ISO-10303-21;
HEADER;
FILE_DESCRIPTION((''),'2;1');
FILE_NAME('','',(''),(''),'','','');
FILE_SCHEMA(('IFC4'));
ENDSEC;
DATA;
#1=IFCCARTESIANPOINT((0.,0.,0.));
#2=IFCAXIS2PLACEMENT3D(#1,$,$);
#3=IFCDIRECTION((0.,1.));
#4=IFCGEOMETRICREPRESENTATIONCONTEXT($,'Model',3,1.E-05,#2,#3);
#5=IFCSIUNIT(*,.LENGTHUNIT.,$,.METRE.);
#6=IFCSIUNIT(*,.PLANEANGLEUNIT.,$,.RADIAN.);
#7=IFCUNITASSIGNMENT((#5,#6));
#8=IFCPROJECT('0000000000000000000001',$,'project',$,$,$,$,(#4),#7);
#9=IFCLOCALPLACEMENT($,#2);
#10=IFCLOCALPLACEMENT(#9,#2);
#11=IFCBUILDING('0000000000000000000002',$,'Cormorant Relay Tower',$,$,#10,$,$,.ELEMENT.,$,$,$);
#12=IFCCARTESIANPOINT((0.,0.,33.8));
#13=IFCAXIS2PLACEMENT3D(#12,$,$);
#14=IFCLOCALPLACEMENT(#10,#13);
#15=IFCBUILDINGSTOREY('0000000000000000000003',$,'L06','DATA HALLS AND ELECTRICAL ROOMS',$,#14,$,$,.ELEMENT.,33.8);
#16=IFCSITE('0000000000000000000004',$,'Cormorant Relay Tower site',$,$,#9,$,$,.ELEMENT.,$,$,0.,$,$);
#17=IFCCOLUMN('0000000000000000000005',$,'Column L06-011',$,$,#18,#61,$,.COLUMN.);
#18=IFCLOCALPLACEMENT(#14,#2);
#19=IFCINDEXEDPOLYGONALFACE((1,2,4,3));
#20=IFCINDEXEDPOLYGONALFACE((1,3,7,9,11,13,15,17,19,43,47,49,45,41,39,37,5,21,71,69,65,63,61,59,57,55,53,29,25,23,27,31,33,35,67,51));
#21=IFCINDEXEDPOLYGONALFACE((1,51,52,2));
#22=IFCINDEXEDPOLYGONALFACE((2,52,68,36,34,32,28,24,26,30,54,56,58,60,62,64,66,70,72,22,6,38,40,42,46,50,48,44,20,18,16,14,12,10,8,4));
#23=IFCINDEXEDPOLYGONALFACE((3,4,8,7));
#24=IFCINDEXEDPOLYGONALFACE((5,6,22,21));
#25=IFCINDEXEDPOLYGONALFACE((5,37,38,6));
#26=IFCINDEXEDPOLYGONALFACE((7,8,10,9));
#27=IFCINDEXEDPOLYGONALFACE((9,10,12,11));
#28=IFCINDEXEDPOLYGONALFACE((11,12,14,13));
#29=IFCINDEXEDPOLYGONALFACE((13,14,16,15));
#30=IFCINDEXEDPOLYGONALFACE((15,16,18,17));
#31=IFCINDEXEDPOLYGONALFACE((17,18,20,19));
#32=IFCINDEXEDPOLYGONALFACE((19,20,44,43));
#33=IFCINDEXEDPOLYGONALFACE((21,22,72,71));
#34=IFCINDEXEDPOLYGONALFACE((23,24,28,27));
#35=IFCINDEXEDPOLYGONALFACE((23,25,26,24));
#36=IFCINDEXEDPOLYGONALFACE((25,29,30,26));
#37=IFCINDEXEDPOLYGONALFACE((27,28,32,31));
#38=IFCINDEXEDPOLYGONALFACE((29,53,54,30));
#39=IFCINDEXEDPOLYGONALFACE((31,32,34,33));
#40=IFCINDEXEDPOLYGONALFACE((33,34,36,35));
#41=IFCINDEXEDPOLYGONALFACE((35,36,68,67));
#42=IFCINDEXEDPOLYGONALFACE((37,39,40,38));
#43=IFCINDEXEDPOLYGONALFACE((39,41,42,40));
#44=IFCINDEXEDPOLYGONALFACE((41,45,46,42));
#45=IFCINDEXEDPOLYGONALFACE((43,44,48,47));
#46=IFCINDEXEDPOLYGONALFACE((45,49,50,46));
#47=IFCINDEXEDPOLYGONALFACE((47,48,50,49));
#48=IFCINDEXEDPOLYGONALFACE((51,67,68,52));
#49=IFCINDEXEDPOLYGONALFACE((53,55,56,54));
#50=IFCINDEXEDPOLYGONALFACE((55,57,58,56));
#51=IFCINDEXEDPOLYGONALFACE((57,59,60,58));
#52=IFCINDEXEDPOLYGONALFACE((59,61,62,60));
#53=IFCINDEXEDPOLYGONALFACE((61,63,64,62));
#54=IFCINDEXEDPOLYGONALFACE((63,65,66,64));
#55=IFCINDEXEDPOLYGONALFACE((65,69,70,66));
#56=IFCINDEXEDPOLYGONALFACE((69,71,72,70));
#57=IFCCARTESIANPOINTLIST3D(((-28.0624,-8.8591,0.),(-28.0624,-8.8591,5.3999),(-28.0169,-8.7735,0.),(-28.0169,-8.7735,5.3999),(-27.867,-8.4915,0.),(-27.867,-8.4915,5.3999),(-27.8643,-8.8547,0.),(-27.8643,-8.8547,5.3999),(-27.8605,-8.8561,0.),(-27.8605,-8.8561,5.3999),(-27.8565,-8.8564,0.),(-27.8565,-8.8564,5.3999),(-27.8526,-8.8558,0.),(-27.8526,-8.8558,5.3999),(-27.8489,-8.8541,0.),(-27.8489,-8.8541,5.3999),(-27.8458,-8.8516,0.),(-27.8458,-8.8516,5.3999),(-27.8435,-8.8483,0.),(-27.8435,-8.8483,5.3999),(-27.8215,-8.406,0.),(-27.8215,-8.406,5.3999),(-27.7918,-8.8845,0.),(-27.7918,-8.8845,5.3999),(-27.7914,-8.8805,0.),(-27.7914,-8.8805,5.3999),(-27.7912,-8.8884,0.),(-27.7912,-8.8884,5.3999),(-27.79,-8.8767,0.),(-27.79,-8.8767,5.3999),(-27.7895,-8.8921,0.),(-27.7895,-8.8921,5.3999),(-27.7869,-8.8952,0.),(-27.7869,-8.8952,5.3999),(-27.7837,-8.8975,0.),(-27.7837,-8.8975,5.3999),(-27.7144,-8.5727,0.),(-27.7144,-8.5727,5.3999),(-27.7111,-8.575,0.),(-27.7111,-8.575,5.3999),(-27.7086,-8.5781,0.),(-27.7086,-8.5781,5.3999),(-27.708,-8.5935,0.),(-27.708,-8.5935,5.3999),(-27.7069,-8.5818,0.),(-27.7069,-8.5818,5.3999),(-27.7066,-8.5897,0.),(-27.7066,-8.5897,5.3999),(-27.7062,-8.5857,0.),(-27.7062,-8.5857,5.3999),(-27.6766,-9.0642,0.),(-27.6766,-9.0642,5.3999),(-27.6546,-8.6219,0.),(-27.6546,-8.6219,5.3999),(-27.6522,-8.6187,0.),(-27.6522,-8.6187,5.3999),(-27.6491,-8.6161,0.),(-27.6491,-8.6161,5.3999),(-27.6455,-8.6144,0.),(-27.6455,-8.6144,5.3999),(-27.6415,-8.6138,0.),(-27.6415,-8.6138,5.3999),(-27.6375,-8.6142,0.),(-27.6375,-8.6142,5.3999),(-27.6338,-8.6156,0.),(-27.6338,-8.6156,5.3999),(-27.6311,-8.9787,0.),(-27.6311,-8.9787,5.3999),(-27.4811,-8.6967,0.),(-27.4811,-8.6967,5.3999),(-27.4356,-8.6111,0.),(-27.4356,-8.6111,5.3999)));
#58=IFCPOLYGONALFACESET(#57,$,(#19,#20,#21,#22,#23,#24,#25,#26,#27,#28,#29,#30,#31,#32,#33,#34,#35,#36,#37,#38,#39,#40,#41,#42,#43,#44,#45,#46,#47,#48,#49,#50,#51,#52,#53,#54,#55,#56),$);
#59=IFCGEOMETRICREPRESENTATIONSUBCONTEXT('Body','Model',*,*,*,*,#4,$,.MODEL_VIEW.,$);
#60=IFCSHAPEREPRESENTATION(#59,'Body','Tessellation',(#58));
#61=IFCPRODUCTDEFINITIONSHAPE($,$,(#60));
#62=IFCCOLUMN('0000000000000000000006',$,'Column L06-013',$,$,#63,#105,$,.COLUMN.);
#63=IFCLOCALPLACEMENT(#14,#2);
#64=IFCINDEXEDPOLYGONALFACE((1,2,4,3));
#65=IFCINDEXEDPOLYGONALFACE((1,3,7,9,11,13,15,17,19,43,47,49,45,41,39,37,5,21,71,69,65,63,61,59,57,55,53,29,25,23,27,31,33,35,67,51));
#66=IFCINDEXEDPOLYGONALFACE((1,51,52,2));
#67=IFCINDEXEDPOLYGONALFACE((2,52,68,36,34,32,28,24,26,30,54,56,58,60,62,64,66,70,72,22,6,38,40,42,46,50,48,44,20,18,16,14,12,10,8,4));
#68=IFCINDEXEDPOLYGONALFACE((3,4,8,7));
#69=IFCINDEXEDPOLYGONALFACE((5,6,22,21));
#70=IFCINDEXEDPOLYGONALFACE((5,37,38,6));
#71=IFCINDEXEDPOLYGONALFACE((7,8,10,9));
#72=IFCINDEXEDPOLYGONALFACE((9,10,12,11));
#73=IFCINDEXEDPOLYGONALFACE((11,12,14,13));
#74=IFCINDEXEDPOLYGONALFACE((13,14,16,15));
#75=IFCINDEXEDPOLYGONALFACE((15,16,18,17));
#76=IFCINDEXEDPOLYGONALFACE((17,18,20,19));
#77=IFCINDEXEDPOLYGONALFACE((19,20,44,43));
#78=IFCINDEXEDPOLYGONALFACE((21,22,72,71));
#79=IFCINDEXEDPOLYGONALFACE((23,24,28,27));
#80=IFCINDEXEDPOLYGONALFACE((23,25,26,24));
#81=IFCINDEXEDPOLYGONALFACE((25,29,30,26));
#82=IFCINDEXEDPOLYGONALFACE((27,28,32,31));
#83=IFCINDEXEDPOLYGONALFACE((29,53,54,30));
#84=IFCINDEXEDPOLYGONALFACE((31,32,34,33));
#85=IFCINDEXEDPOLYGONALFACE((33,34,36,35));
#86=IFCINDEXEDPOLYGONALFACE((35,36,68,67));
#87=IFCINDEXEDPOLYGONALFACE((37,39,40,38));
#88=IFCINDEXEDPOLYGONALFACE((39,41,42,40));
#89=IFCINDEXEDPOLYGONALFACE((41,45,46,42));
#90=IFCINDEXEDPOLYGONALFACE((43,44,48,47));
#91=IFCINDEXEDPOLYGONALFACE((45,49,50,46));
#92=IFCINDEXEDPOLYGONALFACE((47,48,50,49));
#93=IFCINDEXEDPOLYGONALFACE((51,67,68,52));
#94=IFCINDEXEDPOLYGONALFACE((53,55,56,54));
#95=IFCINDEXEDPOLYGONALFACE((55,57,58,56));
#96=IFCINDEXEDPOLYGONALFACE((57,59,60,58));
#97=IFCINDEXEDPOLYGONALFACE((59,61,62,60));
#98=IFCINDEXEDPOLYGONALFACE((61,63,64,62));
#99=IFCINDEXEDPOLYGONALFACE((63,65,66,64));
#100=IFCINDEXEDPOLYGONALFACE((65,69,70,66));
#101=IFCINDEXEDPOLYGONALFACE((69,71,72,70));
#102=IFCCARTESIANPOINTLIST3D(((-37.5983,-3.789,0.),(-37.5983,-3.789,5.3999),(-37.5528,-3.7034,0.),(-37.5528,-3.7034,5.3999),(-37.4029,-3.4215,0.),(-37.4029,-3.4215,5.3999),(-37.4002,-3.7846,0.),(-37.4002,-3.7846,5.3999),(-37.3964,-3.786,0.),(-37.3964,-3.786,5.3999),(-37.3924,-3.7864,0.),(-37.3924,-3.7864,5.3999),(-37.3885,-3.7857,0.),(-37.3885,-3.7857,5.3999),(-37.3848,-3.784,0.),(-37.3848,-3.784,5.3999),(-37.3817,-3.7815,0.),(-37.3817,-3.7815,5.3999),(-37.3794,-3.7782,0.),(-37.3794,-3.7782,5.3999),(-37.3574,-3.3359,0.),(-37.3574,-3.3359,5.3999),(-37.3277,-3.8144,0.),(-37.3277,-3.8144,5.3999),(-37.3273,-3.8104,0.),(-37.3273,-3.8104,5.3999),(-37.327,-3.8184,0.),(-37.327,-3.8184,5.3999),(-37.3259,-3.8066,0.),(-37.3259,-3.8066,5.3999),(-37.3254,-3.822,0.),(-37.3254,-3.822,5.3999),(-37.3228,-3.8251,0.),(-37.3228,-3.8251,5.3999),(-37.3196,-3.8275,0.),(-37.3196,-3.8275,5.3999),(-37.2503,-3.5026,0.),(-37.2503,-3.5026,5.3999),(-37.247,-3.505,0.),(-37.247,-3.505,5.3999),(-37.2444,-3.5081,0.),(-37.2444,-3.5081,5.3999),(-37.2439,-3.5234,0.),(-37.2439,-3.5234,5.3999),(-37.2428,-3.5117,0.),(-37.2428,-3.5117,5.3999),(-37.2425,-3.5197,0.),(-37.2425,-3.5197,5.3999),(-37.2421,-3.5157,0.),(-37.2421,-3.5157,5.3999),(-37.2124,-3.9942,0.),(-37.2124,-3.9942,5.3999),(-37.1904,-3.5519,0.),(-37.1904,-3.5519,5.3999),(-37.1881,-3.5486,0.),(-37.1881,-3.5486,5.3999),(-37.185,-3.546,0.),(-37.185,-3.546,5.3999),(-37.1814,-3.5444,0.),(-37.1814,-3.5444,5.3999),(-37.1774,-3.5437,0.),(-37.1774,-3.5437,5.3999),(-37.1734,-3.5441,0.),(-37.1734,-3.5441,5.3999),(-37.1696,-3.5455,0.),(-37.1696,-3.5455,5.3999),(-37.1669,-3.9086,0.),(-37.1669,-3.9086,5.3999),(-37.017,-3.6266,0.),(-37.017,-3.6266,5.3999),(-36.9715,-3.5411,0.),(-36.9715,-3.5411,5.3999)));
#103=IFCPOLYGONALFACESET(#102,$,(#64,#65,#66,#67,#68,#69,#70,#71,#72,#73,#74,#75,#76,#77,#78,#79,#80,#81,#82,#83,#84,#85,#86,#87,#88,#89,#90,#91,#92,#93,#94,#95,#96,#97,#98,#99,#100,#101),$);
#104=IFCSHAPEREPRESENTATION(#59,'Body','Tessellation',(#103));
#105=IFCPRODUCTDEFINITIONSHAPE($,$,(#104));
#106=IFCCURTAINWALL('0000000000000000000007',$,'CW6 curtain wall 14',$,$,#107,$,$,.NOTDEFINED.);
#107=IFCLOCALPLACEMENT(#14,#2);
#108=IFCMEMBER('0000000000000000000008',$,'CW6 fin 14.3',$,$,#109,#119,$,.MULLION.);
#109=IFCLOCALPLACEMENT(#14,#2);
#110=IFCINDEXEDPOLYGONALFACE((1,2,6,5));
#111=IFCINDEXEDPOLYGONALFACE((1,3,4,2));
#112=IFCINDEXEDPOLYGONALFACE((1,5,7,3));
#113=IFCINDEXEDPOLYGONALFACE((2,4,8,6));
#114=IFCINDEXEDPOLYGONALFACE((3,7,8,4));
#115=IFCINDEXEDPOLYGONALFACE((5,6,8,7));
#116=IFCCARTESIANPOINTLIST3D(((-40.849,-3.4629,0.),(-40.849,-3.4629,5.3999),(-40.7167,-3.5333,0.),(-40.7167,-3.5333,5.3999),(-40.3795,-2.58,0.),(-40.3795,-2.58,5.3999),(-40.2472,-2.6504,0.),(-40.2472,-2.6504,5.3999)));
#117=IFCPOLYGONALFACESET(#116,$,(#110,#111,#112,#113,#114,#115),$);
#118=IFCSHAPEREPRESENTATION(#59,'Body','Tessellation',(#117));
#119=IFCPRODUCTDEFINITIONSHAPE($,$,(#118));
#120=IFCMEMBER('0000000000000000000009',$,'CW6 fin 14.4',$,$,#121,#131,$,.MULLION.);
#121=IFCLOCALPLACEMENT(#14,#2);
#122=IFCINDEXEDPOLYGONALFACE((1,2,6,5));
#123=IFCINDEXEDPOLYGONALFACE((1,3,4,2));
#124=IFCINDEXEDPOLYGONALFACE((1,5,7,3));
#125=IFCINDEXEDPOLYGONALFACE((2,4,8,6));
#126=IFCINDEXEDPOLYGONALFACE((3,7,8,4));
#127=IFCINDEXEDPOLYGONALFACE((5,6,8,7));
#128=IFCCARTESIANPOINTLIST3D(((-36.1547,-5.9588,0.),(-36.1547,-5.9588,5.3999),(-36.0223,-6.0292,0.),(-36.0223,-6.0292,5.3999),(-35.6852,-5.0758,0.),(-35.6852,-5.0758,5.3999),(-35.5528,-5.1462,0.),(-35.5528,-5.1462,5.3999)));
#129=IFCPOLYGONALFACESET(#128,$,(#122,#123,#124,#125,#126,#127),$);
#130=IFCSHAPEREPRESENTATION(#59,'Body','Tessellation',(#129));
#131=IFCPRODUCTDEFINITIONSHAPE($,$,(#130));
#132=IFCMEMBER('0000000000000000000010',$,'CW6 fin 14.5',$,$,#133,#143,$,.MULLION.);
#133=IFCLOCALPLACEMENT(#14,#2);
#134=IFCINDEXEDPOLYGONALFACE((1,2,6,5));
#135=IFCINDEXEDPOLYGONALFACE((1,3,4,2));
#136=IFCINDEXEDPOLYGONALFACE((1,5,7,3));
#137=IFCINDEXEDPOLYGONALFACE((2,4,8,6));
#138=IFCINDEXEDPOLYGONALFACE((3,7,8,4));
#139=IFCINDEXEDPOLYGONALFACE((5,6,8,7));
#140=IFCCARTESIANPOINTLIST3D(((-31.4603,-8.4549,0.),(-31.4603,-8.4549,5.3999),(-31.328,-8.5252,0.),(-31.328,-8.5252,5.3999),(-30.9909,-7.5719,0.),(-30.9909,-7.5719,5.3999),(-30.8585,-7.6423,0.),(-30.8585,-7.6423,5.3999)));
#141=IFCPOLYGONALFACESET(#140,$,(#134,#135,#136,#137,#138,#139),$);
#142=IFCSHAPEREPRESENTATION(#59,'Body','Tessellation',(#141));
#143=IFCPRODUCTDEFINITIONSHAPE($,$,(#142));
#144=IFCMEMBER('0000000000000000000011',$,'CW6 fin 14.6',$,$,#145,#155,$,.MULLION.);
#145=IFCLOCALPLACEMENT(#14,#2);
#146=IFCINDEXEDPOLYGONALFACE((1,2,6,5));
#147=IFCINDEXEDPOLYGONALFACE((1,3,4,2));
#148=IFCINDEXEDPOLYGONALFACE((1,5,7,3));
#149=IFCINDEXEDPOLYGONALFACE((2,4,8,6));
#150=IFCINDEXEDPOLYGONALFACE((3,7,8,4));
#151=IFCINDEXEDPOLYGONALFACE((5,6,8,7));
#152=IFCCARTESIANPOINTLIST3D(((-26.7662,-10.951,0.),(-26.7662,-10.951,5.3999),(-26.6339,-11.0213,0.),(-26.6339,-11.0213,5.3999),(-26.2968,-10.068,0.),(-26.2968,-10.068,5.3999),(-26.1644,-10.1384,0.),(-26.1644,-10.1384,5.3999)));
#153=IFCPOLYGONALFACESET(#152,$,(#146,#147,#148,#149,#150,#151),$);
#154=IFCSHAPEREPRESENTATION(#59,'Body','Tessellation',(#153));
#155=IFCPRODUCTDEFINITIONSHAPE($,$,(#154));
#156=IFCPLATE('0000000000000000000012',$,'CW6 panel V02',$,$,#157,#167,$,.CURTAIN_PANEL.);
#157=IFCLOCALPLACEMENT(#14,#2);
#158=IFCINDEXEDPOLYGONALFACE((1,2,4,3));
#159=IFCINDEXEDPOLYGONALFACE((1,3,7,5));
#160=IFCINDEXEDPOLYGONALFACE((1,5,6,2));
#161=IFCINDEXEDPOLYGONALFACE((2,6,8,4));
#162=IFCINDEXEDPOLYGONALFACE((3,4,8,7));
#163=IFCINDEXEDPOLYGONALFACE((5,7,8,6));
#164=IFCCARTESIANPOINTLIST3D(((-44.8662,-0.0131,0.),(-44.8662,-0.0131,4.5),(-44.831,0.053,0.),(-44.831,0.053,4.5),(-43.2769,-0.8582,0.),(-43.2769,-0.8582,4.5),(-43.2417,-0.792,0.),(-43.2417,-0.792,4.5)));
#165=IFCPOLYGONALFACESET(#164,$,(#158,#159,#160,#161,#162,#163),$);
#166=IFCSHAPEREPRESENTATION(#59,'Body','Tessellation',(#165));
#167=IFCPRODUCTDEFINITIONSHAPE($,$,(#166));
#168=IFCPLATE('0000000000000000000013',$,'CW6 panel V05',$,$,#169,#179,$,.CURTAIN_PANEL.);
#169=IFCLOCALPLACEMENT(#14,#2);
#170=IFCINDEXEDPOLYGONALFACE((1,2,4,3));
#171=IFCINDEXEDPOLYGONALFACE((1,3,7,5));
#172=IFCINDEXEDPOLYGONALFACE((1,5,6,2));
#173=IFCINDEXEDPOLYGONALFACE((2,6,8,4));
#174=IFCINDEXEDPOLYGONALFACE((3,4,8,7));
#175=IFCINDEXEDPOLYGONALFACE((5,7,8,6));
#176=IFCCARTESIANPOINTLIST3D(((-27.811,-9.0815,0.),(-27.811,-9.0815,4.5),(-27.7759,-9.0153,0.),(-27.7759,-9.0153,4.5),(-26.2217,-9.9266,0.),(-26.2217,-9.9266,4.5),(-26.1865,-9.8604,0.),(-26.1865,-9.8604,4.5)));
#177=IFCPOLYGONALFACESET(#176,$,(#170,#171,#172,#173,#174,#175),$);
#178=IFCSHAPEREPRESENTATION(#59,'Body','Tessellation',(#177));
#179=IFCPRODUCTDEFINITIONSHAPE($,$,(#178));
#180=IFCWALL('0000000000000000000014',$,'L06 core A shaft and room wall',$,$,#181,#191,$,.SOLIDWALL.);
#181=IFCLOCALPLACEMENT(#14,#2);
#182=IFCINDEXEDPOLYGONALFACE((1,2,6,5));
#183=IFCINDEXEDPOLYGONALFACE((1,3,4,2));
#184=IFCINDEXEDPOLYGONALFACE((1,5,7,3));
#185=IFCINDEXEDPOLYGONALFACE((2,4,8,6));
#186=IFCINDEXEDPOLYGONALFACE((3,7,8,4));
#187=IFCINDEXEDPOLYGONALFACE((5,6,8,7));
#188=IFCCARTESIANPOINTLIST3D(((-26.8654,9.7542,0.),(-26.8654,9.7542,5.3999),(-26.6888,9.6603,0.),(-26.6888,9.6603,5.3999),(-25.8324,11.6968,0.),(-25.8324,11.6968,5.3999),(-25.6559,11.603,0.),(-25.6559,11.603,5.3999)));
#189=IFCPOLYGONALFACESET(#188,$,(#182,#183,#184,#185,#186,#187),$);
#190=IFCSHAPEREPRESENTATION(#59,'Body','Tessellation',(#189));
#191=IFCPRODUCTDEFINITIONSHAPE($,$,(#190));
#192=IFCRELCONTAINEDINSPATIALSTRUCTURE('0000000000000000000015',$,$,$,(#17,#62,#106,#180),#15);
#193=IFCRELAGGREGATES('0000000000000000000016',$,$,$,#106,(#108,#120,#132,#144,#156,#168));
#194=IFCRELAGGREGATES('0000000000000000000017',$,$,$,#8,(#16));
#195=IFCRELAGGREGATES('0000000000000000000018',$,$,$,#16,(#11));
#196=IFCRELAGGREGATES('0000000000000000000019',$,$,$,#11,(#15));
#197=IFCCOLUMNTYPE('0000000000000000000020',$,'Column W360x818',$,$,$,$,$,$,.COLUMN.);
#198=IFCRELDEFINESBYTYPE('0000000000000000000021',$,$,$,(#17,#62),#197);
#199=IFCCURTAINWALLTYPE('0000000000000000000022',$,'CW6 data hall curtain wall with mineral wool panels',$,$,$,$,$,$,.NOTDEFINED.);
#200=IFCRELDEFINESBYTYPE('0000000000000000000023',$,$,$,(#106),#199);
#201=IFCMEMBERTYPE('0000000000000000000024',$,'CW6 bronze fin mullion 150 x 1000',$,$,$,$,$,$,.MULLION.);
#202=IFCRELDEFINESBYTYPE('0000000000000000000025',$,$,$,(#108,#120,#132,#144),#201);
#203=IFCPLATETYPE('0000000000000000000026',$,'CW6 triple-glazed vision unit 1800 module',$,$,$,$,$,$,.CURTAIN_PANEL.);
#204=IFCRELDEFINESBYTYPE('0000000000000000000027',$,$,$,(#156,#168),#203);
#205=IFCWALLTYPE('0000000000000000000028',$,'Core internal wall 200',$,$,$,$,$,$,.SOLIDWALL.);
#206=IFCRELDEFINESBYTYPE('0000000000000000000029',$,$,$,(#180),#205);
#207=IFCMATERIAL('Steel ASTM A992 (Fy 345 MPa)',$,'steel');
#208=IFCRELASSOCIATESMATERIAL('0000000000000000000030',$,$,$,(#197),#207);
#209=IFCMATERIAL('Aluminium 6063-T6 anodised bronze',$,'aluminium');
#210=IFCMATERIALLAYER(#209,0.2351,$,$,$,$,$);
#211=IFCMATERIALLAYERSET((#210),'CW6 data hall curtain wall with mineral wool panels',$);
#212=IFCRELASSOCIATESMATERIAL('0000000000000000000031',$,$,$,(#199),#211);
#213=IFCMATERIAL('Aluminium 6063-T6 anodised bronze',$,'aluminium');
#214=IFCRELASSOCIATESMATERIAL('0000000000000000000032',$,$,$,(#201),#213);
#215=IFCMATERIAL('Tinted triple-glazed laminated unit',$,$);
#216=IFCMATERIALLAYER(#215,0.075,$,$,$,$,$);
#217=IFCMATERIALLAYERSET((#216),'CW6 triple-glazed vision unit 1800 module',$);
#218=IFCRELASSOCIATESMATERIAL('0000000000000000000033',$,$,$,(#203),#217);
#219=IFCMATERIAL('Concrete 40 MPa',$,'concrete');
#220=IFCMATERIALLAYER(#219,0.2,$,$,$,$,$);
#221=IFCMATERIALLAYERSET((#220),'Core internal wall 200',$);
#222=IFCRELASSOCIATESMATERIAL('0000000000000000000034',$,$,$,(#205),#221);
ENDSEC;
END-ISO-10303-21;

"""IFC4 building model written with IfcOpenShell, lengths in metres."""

from ifc_helpers import new_model, si_unit, direction, frame, frame_2d, origin, origin_2d, place, context, subcontext, project, spatial, rectangle, i_section, extrude, material, layer, layer_set, material_profile, profile_set, type_object, element, aggregate, save


model = new_model("IFC4")

# Units and contexts
model_context = context("Model", 3, precision=1e-05, world=origin(), true_north=direction((0.0, 1.0)))
body_context = subcontext(model_context, "Body", "Model", "MODEL_VIEW")
ifc_project = project(units=[si_unit("LENGTHUNIT", "METRE"), si_unit("PLANEANGLEUNIT", "RADIAN")], contexts=[model_context])

# Site, building, storey
site_placement = place(None, origin())
site = spatial("IfcSite", under=ifc_project, at=site_placement, Name="Cormorant Relay Tower site", CompositionType="ELEMENT", RefElevation=0.0)
building_placement = place(site_placement, origin())
building = spatial("IfcBuilding", under=site, at=building_placement, Name="Cormorant Relay Tower", CompositionType="ELEMENT")
storey_placement = place(building_placement, frame((0.0, 0.0, 33.8)))
storey = spatial("IfcBuildingStorey", under=building, at=storey_placement, Name="L06", Description="DATA HALLS AND ELECTRICAL ROOMS", CompositionType="ELEMENT", Elevation=33.8)

# Columns
ifc_material_1 = material(Name="Steel ASTM A992 (Fy 345 MPa)", Category="steel")
ifc_material_profile_1 = material_profile(ifc_material_1, i_section(OverallWidth=0.437, OverallDepth=0.5132, WebThickness=0.0605, FlangeThickness=0.0969, FilletRadius=0.0154, at=origin_2d()), Name="W360x818")
ifc_profile_set_1 = profile_set([ifc_material_profile_1], Name="Steel ASTM A992 (Fy 345 MPa)")
column_type = type_object("IfcColumnType", Name="Column W360x818", PredefinedType="COLUMN", material=ifc_profile_set_1)
for number, where, z_axis, x_axis, name in (
    (1, (-27.749, -8.7351, 0.0), (0.0, 0.0, 1.0), (0.882948, -0.469472, 0.0), "Column L06-011"),
    (2, (-37.2849, -3.665, 0.0), (0.0, 0.0, 1.0), (0.882948, -0.469472, 0.0), "Column L06-013"),
):
    element("IfcColumn", number, at=place(storey_placement, frame(where, z_axis=z_axis, x_axis=x_axis)), inside=storey, type_object=column_type, Name=name, PredefinedType="COLUMN", context=body_context, shape_type="SweptSolid", body=[
        extrude(i_section(OverallWidth=0.437, OverallDepth=0.5132, WebThickness=0.0605, FlangeThickness=0.0969, FilletRadius=0.0154, at=origin_2d()), origin(), (0.0, 0.0, 1.0), 5.3999),
    ])

# Curtain wall, members, plates
ifc_material_2 = material(Name="Aluminium 6063-T6 anodised bronze", Category="aluminium")
ifc_layer_1 = layer(ifc_material_2, 0.2351)
ifc_layer_set_1 = layer_set([ifc_layer_1], Name="CW6 data hall curtain wall with mineral wool panels")
curtain_wall_type = type_object("IfcCurtainWallType", Name="CW6 data hall curtain wall with mineral wool panels", PredefinedType="NOTDEFINED", material=ifc_layer_set_1)
curtain_wall_placement = place(storey_placement, origin())
curtain_wall = element("IfcCurtainWall", 3, at=curtain_wall_placement, inside=storey, type_object=curtain_wall_type, Name="CW6 curtain wall 14", PredefinedType="NOTDEFINED")
ifc_material_3 = material(Name="Aluminium 6063-T6 anodised bronze", Category="aluminium")
ifc_material_profile_2 = material_profile(ifc_material_3, rectangle(XDim=0.1499, YDim=1.0, at=origin_2d()), Name="AL 150x1000")
ifc_profile_set_2 = profile_set([ifc_material_profile_2], Name="Aluminium 6063-T6 anodised bronze")
member_type = type_object("IfcMemberType", Name="CW6 bronze fin mullion 150 x 1000", PredefinedType="MULLION", material=ifc_profile_set_2)
member_1_placement = place(storey_placement, frame((-40.5481, -3.0566, 0.0), z_axis=(0.0, 0.0, 1.0), x_axis=(0.882948, -0.469472, 0.0)))
member_1 = element("IfcMember", 4, at=member_1_placement, type_object=member_type, Name="CW6 fin 14.3", PredefinedType="MULLION", context=body_context, shape_type="SweptSolid", body=[
    extrude(rectangle(XDim=0.1499, YDim=1.0, at=origin_2d()), origin(), (0.0, 0.0, 1.0), 5.3999),
])
member_2_placement = place(storey_placement, frame((-35.8538, -5.5525, 0.0), z_axis=(0.0, 0.0, 1.0), x_axis=(0.882948, -0.469472, 0.0)))
member_2 = element("IfcMember", 5, at=member_2_placement, type_object=member_type, Name="CW6 fin 14.4", PredefinedType="MULLION", context=body_context, shape_type="SweptSolid", body=[
    extrude(rectangle(XDim=0.1499, YDim=1.0, at=origin_2d()), origin(), (0.0, 0.0, 1.0), 5.3999),
])
member_3_placement = place(storey_placement, frame((-31.1594, -8.0486, 0.0), z_axis=(0.0, 0.0, 1.0), x_axis=(0.882948, -0.469472, 0.0)))
member_3 = element("IfcMember", 6, at=member_3_placement, type_object=member_type, Name="CW6 fin 14.5", PredefinedType="MULLION", context=body_context, shape_type="SweptSolid", body=[
    extrude(rectangle(XDim=0.1499, YDim=1.0, at=origin_2d()), origin(), (0.0, 0.0, 1.0), 5.3999),
])
member_4_placement = place(storey_placement, frame((-26.4653, -10.5447, 0.0), z_axis=(0.0, 0.0, 1.0), x_axis=(0.882948, -0.469472, 0.0)))
member_4 = element("IfcMember", 7, at=member_4_placement, type_object=member_type, Name="CW6 fin 14.6", PredefinedType="MULLION", context=body_context, shape_type="SweptSolid", body=[
    extrude(rectangle(XDim=0.1499, YDim=1.0, at=origin_2d()), origin(), (0.0, 0.0, 1.0), 5.3999),
])
ifc_material_4 = material(Name="Tinted triple-glazed laminated unit")
ifc_layer_2 = layer(ifc_material_4, 0.075)
ifc_layer_set_2 = layer_set([ifc_layer_2], Name="CW6 triple-glazed vision unit 1800 module")
plate_type = type_object("IfcPlateType", Name="CW6 triple-glazed vision unit 1800 module", PredefinedType="CURTAIN_PANEL", material=ifc_layer_set_2)
plate_1_placement = place(storey_placement, frame((-44.054, -0.4026, 0.0), z_axis=(0.0, 0.0, 1.0), x_axis=(0.882948, -0.469472, 0.0)))
plate_1 = element("IfcPlate", 8, at=plate_1_placement, type_object=plate_type, Name="CW6 panel V02", PredefinedType="CURTAIN_PANEL", context=body_context, shape_type="SweptSolid", body=[
    extrude(rectangle(XDim=1.8, YDim=0.075, at=origin_2d()), origin(), (0.0, 0.0, 1.0), 4.5),
])
plate_2_placement = place(storey_placement, frame((-26.9988, -9.4709, 0.0), z_axis=(0.0, 0.0, 1.0), x_axis=(0.882948, -0.469472, 0.0)))
plate_2 = element("IfcPlate", 9, at=plate_2_placement, type_object=plate_type, Name="CW6 panel V05", PredefinedType="CURTAIN_PANEL", context=body_context, shape_type="SweptSolid", body=[
    extrude(rectangle(XDim=1.8, YDim=0.075, at=origin_2d()), origin(), (0.0, 0.0, 1.0), 4.5),
])

# Wall
ifc_material_5 = material(Name="Concrete 40 MPa", Category="concrete")
ifc_layer_3 = layer(ifc_material_5, 0.2)
ifc_layer_set_3 = layer_set([ifc_layer_3], Name="Core internal wall 200")
wall_type_1 = type_object("IfcWallType", Name="Core internal wall 200", PredefinedType="SOLIDWALL", material=ifc_layer_set_3)
wall_1_placement = place(storey_placement, frame((-25.7441, 11.6499, 0.0), z_axis=(0.0, 0.0, 1.0), x_axis=(-0.469488, -0.882939, 0.0)))
element("IfcWall", 10, at=wall_1_placement, inside=storey, type_object=wall_type_1, Name="L06 core A shaft and room wall", PredefinedType="SOLIDWALL", context=body_context, shape_type="SweptSolid", body=[
    extrude(rectangle(XDim=2.2002, YDim=0.2, at=frame_2d((1.1001, 0.0))), origin(), (0.0, 0.0, 1.0), 5.3999),
])

aggregate(curtain_wall, [member_1, member_2, member_3, member_4, plate_1, plate_2])

save(model, "model.ifc")
